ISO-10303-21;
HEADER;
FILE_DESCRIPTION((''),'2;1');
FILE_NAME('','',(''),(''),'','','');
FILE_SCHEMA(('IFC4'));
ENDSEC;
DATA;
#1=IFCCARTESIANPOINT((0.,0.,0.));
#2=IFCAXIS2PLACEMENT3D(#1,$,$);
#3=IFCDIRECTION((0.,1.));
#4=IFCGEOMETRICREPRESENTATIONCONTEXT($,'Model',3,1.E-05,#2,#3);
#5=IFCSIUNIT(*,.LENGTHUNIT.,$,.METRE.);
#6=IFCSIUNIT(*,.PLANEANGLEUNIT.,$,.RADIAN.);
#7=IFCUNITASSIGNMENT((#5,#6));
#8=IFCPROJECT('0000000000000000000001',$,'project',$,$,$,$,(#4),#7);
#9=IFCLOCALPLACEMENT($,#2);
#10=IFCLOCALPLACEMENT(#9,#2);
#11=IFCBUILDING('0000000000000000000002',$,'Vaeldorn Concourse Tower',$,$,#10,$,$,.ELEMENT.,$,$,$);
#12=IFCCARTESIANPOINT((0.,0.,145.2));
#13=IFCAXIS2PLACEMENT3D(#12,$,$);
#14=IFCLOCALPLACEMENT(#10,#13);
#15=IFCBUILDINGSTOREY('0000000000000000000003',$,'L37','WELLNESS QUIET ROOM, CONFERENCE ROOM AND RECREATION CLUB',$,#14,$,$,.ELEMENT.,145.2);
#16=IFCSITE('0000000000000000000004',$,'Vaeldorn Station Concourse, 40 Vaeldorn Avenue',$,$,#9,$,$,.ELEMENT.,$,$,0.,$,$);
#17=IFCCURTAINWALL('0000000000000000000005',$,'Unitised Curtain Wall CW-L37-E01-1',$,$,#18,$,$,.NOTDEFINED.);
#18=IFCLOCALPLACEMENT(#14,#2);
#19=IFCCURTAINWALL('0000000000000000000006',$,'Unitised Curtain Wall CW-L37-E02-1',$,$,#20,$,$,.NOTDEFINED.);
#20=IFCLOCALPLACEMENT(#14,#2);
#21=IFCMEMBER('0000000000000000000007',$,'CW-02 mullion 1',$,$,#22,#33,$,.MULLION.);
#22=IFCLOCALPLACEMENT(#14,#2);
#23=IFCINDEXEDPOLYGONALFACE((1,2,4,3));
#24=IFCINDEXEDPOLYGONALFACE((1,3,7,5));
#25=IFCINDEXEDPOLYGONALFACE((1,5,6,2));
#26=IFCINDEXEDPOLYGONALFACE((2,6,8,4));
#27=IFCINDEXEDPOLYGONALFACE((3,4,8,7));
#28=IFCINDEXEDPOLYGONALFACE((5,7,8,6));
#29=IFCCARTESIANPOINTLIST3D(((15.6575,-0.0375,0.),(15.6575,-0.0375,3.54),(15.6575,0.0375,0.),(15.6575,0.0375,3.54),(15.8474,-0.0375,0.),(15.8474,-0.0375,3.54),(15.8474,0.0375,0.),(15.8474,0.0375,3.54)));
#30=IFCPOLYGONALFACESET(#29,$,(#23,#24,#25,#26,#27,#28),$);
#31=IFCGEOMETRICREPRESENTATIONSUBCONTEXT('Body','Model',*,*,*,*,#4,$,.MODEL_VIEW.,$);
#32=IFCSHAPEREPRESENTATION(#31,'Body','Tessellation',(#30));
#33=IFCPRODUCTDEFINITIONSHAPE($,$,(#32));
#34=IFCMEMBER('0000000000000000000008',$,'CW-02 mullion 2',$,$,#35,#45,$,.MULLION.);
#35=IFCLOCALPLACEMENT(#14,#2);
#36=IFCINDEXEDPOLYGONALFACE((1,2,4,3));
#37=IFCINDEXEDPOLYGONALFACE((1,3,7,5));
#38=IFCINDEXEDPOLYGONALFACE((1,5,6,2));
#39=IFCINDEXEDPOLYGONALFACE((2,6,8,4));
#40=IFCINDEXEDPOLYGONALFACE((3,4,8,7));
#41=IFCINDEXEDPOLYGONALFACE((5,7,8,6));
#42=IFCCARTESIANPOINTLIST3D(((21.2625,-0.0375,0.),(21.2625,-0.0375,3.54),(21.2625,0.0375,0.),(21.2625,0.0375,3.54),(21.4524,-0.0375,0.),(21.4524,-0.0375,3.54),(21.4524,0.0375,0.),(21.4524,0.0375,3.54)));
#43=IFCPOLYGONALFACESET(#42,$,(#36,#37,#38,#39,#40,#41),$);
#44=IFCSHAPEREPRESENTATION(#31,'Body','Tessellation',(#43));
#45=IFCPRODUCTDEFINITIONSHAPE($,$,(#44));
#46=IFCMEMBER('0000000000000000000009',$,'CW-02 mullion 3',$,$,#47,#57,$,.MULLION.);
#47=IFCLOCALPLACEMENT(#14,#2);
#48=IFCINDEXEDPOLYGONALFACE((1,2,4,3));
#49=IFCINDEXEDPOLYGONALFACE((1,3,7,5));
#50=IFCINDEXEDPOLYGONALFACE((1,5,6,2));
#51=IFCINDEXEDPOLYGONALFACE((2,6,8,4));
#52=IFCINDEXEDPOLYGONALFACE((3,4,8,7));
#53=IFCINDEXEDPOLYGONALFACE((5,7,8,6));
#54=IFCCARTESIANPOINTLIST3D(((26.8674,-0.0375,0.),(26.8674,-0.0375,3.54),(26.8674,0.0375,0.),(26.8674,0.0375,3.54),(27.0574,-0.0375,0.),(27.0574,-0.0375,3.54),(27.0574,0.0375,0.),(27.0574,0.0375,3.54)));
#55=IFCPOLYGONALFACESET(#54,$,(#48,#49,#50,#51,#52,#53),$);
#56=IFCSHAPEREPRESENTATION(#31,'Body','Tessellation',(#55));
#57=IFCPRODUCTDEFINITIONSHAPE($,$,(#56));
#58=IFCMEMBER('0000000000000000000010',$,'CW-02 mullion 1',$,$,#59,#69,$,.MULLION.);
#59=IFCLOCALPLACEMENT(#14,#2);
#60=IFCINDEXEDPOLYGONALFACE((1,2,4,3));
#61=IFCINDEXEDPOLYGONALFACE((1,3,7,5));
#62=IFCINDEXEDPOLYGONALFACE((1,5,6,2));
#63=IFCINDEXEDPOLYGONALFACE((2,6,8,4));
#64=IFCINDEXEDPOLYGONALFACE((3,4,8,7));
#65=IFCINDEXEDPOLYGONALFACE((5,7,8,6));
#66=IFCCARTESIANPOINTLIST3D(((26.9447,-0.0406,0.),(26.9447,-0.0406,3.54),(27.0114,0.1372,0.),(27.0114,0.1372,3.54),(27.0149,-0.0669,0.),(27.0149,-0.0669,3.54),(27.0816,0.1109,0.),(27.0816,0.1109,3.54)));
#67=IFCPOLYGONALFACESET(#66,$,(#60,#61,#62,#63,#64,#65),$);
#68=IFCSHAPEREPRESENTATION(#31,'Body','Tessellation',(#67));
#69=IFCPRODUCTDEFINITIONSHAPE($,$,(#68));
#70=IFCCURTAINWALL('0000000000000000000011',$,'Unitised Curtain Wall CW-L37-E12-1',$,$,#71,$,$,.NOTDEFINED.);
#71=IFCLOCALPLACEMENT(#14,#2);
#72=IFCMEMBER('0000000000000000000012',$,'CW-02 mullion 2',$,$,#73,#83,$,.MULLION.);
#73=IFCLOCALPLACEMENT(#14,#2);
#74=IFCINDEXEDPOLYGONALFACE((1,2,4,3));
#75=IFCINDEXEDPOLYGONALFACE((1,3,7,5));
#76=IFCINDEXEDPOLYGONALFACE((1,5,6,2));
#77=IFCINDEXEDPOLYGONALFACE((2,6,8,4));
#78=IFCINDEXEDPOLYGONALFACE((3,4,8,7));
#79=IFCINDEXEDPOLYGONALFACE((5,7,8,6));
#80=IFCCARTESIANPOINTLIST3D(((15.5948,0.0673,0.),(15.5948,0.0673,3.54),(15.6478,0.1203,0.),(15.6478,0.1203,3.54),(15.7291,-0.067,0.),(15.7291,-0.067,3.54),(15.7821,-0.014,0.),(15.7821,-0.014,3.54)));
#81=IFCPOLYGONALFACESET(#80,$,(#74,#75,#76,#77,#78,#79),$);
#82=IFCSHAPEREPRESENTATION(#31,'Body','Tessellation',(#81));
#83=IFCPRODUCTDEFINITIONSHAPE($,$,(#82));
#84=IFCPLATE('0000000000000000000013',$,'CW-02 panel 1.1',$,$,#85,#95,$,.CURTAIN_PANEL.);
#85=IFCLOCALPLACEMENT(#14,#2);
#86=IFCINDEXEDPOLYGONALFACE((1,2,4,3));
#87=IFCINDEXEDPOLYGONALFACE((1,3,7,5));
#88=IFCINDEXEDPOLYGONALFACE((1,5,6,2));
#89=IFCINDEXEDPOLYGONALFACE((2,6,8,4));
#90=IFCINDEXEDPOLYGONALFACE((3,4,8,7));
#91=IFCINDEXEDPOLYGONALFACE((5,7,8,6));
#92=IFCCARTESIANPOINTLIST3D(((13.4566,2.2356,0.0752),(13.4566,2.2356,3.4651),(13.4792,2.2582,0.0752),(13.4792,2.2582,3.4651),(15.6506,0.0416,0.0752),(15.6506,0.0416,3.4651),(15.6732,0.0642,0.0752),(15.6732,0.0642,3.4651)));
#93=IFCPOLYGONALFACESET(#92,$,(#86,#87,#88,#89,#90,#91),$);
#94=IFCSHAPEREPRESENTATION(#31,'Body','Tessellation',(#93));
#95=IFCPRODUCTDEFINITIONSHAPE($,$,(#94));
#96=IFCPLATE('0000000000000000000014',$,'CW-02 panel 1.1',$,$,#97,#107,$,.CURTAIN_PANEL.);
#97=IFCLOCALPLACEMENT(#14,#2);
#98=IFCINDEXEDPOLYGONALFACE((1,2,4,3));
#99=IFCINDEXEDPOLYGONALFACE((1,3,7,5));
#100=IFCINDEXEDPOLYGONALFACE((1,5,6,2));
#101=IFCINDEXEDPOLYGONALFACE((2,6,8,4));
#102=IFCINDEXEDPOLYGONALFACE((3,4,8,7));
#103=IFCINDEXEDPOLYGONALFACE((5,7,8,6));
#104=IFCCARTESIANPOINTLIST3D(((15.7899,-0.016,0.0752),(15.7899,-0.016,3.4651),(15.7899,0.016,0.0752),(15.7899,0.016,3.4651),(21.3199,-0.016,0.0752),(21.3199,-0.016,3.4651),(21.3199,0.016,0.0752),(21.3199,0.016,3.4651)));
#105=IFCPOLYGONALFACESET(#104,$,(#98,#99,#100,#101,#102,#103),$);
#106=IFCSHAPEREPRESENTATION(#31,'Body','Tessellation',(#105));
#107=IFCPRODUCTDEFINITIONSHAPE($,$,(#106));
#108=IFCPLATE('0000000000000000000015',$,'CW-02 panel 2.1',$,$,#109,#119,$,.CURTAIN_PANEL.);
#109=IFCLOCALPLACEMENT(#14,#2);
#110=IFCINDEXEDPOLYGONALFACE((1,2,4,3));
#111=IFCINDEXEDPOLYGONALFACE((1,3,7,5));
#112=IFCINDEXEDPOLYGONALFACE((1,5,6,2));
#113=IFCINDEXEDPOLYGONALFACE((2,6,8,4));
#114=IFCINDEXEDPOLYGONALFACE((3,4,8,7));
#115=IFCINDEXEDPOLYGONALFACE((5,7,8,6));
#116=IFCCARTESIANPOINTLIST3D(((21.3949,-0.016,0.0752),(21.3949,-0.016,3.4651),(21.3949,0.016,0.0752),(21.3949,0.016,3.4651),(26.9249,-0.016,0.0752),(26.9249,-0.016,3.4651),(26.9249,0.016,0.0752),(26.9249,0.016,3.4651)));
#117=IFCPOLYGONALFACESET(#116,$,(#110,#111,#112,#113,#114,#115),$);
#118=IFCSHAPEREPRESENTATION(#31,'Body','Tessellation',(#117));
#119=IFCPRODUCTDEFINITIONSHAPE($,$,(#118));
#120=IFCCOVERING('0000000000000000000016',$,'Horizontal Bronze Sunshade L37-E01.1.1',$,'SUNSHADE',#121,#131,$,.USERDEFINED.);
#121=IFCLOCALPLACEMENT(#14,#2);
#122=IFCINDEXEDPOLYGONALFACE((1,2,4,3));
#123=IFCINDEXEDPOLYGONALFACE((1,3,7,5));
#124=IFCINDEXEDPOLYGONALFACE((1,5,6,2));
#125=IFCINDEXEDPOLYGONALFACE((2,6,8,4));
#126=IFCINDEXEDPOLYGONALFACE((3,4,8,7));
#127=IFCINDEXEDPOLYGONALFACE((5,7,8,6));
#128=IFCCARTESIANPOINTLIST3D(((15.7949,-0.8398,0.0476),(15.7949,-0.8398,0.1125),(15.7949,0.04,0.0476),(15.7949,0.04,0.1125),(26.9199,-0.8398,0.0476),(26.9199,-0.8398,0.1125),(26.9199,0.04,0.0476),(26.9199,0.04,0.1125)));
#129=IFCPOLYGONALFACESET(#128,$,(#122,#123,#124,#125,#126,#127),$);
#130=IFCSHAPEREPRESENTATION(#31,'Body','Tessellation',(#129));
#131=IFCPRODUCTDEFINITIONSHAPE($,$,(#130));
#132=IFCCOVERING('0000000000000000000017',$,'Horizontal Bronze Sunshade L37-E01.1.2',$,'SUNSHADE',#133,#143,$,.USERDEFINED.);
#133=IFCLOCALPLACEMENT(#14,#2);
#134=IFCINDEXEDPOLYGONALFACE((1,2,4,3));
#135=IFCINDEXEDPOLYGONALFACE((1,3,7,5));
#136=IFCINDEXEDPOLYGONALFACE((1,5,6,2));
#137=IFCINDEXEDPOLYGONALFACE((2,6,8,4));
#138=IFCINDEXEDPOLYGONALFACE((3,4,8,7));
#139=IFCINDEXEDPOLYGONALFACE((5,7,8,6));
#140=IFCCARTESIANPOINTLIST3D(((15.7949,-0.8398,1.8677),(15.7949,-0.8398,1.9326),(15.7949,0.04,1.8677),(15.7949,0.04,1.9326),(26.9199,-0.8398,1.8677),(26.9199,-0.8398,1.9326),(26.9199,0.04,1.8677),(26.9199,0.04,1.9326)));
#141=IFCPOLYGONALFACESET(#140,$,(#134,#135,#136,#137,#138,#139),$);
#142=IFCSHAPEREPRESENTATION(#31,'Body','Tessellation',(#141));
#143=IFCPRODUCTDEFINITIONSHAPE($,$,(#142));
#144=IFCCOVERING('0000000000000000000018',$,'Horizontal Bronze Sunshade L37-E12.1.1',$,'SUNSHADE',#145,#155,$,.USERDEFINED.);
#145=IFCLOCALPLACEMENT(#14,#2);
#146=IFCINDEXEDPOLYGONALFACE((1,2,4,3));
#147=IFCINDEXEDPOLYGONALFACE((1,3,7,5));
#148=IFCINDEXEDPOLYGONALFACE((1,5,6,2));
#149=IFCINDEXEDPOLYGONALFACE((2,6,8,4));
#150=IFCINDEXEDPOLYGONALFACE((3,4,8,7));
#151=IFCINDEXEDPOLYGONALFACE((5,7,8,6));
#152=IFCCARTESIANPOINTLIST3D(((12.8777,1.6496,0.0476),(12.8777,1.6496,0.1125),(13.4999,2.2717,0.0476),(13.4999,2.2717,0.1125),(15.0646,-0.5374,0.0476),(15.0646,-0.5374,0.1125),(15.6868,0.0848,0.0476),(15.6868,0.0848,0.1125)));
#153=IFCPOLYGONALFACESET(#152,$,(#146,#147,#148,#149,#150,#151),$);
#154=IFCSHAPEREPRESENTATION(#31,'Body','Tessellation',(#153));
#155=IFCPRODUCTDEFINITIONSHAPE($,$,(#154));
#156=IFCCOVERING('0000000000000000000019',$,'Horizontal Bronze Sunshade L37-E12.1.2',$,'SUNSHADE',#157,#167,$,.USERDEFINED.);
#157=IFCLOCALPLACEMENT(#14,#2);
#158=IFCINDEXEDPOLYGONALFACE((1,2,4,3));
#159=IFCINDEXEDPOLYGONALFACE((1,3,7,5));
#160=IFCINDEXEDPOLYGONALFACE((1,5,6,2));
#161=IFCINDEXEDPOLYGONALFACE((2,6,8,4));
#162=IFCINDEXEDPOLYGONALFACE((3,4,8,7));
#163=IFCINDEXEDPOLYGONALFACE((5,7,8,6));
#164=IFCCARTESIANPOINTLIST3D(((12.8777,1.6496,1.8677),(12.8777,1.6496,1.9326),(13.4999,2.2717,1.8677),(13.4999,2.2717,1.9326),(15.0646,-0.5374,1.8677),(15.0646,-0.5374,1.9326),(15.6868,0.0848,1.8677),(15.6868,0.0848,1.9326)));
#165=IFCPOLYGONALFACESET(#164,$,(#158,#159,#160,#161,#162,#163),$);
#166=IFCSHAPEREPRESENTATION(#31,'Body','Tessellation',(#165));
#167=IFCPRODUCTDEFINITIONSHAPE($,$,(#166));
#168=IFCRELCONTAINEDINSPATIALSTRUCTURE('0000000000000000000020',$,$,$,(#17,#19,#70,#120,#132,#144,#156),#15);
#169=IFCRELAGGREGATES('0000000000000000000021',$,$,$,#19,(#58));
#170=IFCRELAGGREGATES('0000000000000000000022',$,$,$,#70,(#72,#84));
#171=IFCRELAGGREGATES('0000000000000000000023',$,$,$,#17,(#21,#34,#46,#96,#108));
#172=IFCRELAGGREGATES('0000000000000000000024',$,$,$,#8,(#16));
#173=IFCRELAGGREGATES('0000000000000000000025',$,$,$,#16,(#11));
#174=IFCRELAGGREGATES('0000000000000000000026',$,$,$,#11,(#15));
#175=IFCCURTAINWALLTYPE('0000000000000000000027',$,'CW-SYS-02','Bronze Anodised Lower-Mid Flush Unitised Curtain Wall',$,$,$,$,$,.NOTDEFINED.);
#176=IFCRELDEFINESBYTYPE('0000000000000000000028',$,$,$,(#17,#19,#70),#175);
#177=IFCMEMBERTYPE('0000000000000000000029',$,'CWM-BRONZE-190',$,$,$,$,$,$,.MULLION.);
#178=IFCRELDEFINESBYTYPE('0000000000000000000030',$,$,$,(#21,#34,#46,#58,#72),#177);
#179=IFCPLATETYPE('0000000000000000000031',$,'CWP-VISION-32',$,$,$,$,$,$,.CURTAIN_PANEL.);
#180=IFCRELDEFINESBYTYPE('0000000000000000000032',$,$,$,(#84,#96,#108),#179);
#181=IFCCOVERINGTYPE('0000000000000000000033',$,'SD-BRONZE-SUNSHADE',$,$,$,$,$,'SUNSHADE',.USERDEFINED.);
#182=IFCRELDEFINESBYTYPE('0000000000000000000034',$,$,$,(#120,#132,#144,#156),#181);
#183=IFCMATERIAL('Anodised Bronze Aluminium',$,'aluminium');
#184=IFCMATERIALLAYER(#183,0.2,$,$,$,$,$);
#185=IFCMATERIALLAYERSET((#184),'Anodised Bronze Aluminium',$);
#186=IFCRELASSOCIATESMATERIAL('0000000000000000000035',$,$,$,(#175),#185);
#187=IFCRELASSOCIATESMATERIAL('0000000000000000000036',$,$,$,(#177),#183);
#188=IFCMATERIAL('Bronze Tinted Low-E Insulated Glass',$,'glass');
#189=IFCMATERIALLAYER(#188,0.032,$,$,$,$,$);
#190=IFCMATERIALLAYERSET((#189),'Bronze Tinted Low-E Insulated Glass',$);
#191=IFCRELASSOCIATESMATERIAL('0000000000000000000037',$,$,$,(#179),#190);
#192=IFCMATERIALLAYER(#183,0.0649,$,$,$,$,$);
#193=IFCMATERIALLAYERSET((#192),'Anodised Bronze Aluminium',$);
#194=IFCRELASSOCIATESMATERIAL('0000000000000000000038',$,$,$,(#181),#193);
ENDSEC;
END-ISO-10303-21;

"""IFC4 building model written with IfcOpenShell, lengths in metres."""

from ifc_helpers import new_model, si_unit, direction, frame, origin, origin_2d, place, context, subcontext, project, spatial, rectangle, extrude, source, transform, mapped, material, layer, layer_set, material_profile, profile_set, type_object, element, aggregate, save


model = new_model("IFC4")

# Units and contexts
model_context = context("Model", 3, precision=1e-05, world=origin(), true_north=direction((0.0, 1.0)))
body_context = subcontext(model_context, "Body", "Model", "MODEL_VIEW")
ifc_project = project(units=[si_unit("LENGTHUNIT", "METRE"), si_unit("PLANEANGLEUNIT", "RADIAN")], contexts=[model_context])

# Site, building, storey
site_placement = place(None, origin())
site = spatial("IfcSite", under=ifc_project, at=site_placement, Name="Vaeldorn Station Concourse, 40 Vaeldorn Avenue", CompositionType="ELEMENT", RefElevation=0.0)
building_placement = place(site_placement, origin())
building = spatial("IfcBuilding", under=site, at=building_placement, Name="Vaeldorn Concourse Tower", CompositionType="ELEMENT")
storey_placement = place(building_placement, frame((0.0, 0.0, 145.2)))
storey = spatial("IfcBuildingStorey", under=building, at=storey_placement, Name="L37", Description="WELLNESS QUIET ROOM, CONFERENCE ROOM AND RECREATION CLUB", CompositionType="ELEMENT", Elevation=145.2)

# Curtain walls
ifc_material_1 = material(Name="Anodised Bronze Aluminium", Category="aluminium")
ifc_layer_1 = layer(ifc_material_1, 0.2)
ifc_layer_set_1 = layer_set([ifc_layer_1], Name="Anodised Bronze Aluminium")
curtain_wall_type = type_object("IfcCurtainWallType", Name="CW-SYS-02", Description="Bronze Anodised Lower-Mid Flush Unitised Curtain Wall", PredefinedType="NOTDEFINED", material=ifc_layer_set_1)
curtain_wall_1_placement = place(storey_placement, origin())
curtain_wall_1 = element("IfcCurtainWall", 1, at=curtain_wall_1_placement, inside=storey, type_object=curtain_wall_type, Name="Unitised Curtain Wall CW-L37-E01-1", PredefinedType="NOTDEFINED")
curtain_wall_2_placement = place(storey_placement, origin())
curtain_wall_2 = element("IfcCurtainWall", 2, at=curtain_wall_2_placement, inside=storey, type_object=curtain_wall_type, Name="Unitised Curtain Wall CW-L37-E02-1", PredefinedType="NOTDEFINED")

# Members
ifc_material_profile_1 = material_profile(ifc_material_1, rectangle(XDim=0.075, YDim=0.1899, at=origin_2d()), Name="CWM 75x190")
ifc_profile_set_1 = profile_set([ifc_material_profile_1], Name="Anodised Bronze Aluminium")
member_type_1 = type_object("IfcMemberType", Name="CWM-BRONZE-190", PredefinedType="MULLION", material=ifc_profile_set_1)
shared_shape_1 = source(origin(), body_context, "Body", "SweptSolid", [
    extrude(rectangle(XDim=0.075, YDim=0.1899, at=origin_2d()), origin(), (0.0, 0.0, 1.0), 3.54),
])
member_1_placement = place(storey_placement, frame((15.7524, 0.0, 0.0), z_axis=(0.0, 0.0, 1.0), x_axis=(0.0, 1.0, 0.0)))
member_1 = element("IfcMember", 3, at=member_1_placement, type_object=member_type_1, Name="CW-02 mullion 1", PredefinedType="MULLION", context=body_context, shape_type="MappedRepresentation", body=[
    mapped(shared_shape_1, transform((0.0, 0.0, 0.0), scale=1.0)),
])
member_2_placement = place(storey_placement, frame((21.3574, 0.0, 0.0), z_axis=(0.0, 0.0, 1.0), x_axis=(0.0, 1.0, 0.0)))
member_2 = element("IfcMember", 4, at=member_2_placement, type_object=member_type_1, Name="CW-02 mullion 2", PredefinedType="MULLION", context=body_context, shape_type="MappedRepresentation", body=[
    mapped(shared_shape_1, transform((0.0, 0.0, 0.0), scale=1.0)),
])
member_3_placement = place(storey_placement, frame((26.9624, 0.0, 0.0), z_axis=(0.0, 0.0, 1.0), x_axis=(0.0, 1.0, 0.0)))
member_3 = element("IfcMember", 5, at=member_3_placement, type_object=member_type_1, Name="CW-02 mullion 3", PredefinedType="MULLION", context=body_context, shape_type="MappedRepresentation", body=[
    mapped(shared_shape_1, transform((0.0, 0.0, 0.0), scale=1.0)),
])
member_4_placement = place(storey_placement, frame((27.0132, 0.0352, 0.0), z_axis=(0.0, 0.0, 1.0), x_axis=(-0.936329, 0.351123, 0.0)))
member_4 = element("IfcMember", 6, at=member_4_placement, type_object=member_type_1, Name="CW-02 mullion 1", PredefinedType="MULLION", context=body_context, shape_type="MappedRepresentation", body=[
    mapped(shared_shape_1, transform((0.0, 0.0, 0.0), scale=1.0)),
])
aggregate(curtain_wall_2, [member_4])

# Curtain wall, member, plate
curtain_wall_3_placement = place(storey_placement, origin())
curtain_wall_3 = element("IfcCurtainWall", 7, at=curtain_wall_3_placement, inside=storey, type_object=curtain_wall_type, Name="Unitised Curtain Wall CW-L37-E12-1", PredefinedType="NOTDEFINED")
member_5_placement = place(storey_placement, frame((15.6885, 0.0266, 0.0), z_axis=(0.0, 0.0, 1.0), x_axis=(0.707107, 0.707107, 0.0)))
member_5 = element("IfcMember", 8, at=member_5_placement, type_object=member_type_1, Name="CW-02 mullion 2", PredefinedType="MULLION", context=body_context, shape_type="MappedRepresentation", body=[
    mapped(shared_shape_1, transform((0.0, 0.0, 0.0), scale=1.0)),
])
ifc_material_2 = material(Name="Bronze Tinted Low-E Insulated Glass", Category="glass")
ifc_layer_2 = layer(ifc_material_2, 0.032)
ifc_layer_set_2 = layer_set([ifc_layer_2], Name="Bronze Tinted Low-E Insulated Glass")
plate_type = type_object("IfcPlateType", Name="CWP-VISION-32", PredefinedType="CURTAIN_PANEL", material=ifc_layer_set_2)
shared_shape_2 = source(origin(), body_context, "Body", "SweptSolid", [
    extrude(rectangle(XDim=3.1028, YDim=0.032, at=origin_2d()), origin(), (0.0, 0.0, 1.0), 3.3899),
])
plate_1_placement = place(storey_placement, frame((14.5649, 1.1499, 0.0752), z_axis=(0.0, 0.0, 1.0), x_axis=(0.707107, -0.707107, 0.0)))
plate_1 = element("IfcPlate", 9, at=plate_1_placement, type_object=plate_type, Name="CW-02 panel 1.1", PredefinedType="CURTAIN_PANEL", context=body_context, shape_type="MappedRepresentation", body=[
    mapped(shared_shape_2, transform((0.0, 0.0, 0.0), scale=1.0)),
])
aggregate(curtain_wall_3, [member_5, plate_1])

# Plates
shared_shape_3 = source(origin(), body_context, "Body", "SweptSolid", [
    extrude(rectangle(XDim=5.53, YDim=0.032, at=origin_2d()), origin(), (0.0, 0.0, 1.0), 3.3899),
])
plate_2_placement = place(storey_placement, frame((18.5549, 0.0, 0.0752), z_axis=(0.0, 0.0, 1.0), x_axis=(1.0, 0.0, 0.0)))
plate_2 = element("IfcPlate", 10, at=plate_2_placement, type_object=plate_type, Name="CW-02 panel 1.1", PredefinedType="CURTAIN_PANEL", context=body_context, shape_type="MappedRepresentation", body=[
    mapped(shared_shape_3, transform((0.0, 0.0, 0.0), scale=1.0)),
])
plate_3_placement = place(storey_placement, frame((24.1599, 0.0, 0.0752), z_axis=(0.0, 0.0, 1.0), x_axis=(1.0, 0.0, 0.0)))
plate_3 = element("IfcPlate", 11, at=plate_3_placement, type_object=plate_type, Name="CW-02 panel 2.1", PredefinedType="CURTAIN_PANEL", context=body_context, shape_type="MappedRepresentation", body=[
    mapped(shared_shape_3, transform((0.0, 0.0, 0.0), scale=1.0)),
])
aggregate(curtain_wall_1, [member_1, member_2, member_3, plate_2, plate_3])

# Coverings
ifc_layer_3 = layer(ifc_material_1, 0.0649)
ifc_layer_set_3 = layer_set([ifc_layer_3], Name="Anodised Bronze Aluminium")
covering_type = type_object("IfcCoveringType", Name="SD-BRONZE-SUNSHADE", ElementType="SUNSHADE", PredefinedType="USERDEFINED", material=ifc_layer_set_3)
shared_shape_4 = source(origin(), body_context, "Body", "SweptSolid", [
    extrude(rectangle(XDim=11.125, YDim=0.8799, at=origin_2d()), origin(), (0.0, 0.0, 1.0), 0.0649),
])
for number, where, z_axis, x_axis, name in (
    (12, (21.3574, -0.3999, 0.0476), (0.0, 0.0, 1.0), (1.0, 0.0, 0.0), "Horizontal Bronze Sunshade L37-E01.1.1"),
    (13, (21.3574, -0.3999, 1.8677), (0.0, 0.0, 1.0), (1.0, 0.0, 0.0), "Horizontal Bronze Sunshade L37-E01.1.2"),
):
    element("IfcCovering", number, at=place(storey_placement, frame(where, z_axis=z_axis, x_axis=x_axis)), inside=storey, type_object=covering_type, Name=name, ObjectType="SUNSHADE", PredefinedType="USERDEFINED", context=body_context, shape_type="MappedRepresentation", body=[
        mapped(shared_shape_4, transform((0.0, 0.0, 0.0), scale=1.0)),
    ])
shared_shape_5 = source(origin(), body_context, "Body", "SweptSolid", [
    extrude(rectangle(XDim=3.0928, YDim=0.8799, at=origin_2d()), origin(), (0.0, 0.0, 1.0), 0.0649),
])
for number, where, z_axis, x_axis, name in (
    (14, (14.2822, 0.8672, 0.0476), (0.0, 0.0, 1.0), (0.707107, -0.707107, 0.0), "Horizontal Bronze Sunshade L37-E12.1.1"),
    (15, (14.2822, 0.8672, 1.8677), (0.0, 0.0, 1.0), (0.707107, -0.707107, 0.0), "Horizontal Bronze Sunshade L37-E12.1.2"),
):
    element("IfcCovering", number, at=place(storey_placement, frame(where, z_axis=z_axis, x_axis=x_axis)), inside=storey, type_object=covering_type, Name=name, ObjectType="SUNSHADE", PredefinedType="USERDEFINED", context=body_context, shape_type="MappedRepresentation", body=[
        mapped(shared_shape_5, transform((0.0, 0.0, 0.0), scale=1.0)),
    ])

save(model, "model.ifc")
